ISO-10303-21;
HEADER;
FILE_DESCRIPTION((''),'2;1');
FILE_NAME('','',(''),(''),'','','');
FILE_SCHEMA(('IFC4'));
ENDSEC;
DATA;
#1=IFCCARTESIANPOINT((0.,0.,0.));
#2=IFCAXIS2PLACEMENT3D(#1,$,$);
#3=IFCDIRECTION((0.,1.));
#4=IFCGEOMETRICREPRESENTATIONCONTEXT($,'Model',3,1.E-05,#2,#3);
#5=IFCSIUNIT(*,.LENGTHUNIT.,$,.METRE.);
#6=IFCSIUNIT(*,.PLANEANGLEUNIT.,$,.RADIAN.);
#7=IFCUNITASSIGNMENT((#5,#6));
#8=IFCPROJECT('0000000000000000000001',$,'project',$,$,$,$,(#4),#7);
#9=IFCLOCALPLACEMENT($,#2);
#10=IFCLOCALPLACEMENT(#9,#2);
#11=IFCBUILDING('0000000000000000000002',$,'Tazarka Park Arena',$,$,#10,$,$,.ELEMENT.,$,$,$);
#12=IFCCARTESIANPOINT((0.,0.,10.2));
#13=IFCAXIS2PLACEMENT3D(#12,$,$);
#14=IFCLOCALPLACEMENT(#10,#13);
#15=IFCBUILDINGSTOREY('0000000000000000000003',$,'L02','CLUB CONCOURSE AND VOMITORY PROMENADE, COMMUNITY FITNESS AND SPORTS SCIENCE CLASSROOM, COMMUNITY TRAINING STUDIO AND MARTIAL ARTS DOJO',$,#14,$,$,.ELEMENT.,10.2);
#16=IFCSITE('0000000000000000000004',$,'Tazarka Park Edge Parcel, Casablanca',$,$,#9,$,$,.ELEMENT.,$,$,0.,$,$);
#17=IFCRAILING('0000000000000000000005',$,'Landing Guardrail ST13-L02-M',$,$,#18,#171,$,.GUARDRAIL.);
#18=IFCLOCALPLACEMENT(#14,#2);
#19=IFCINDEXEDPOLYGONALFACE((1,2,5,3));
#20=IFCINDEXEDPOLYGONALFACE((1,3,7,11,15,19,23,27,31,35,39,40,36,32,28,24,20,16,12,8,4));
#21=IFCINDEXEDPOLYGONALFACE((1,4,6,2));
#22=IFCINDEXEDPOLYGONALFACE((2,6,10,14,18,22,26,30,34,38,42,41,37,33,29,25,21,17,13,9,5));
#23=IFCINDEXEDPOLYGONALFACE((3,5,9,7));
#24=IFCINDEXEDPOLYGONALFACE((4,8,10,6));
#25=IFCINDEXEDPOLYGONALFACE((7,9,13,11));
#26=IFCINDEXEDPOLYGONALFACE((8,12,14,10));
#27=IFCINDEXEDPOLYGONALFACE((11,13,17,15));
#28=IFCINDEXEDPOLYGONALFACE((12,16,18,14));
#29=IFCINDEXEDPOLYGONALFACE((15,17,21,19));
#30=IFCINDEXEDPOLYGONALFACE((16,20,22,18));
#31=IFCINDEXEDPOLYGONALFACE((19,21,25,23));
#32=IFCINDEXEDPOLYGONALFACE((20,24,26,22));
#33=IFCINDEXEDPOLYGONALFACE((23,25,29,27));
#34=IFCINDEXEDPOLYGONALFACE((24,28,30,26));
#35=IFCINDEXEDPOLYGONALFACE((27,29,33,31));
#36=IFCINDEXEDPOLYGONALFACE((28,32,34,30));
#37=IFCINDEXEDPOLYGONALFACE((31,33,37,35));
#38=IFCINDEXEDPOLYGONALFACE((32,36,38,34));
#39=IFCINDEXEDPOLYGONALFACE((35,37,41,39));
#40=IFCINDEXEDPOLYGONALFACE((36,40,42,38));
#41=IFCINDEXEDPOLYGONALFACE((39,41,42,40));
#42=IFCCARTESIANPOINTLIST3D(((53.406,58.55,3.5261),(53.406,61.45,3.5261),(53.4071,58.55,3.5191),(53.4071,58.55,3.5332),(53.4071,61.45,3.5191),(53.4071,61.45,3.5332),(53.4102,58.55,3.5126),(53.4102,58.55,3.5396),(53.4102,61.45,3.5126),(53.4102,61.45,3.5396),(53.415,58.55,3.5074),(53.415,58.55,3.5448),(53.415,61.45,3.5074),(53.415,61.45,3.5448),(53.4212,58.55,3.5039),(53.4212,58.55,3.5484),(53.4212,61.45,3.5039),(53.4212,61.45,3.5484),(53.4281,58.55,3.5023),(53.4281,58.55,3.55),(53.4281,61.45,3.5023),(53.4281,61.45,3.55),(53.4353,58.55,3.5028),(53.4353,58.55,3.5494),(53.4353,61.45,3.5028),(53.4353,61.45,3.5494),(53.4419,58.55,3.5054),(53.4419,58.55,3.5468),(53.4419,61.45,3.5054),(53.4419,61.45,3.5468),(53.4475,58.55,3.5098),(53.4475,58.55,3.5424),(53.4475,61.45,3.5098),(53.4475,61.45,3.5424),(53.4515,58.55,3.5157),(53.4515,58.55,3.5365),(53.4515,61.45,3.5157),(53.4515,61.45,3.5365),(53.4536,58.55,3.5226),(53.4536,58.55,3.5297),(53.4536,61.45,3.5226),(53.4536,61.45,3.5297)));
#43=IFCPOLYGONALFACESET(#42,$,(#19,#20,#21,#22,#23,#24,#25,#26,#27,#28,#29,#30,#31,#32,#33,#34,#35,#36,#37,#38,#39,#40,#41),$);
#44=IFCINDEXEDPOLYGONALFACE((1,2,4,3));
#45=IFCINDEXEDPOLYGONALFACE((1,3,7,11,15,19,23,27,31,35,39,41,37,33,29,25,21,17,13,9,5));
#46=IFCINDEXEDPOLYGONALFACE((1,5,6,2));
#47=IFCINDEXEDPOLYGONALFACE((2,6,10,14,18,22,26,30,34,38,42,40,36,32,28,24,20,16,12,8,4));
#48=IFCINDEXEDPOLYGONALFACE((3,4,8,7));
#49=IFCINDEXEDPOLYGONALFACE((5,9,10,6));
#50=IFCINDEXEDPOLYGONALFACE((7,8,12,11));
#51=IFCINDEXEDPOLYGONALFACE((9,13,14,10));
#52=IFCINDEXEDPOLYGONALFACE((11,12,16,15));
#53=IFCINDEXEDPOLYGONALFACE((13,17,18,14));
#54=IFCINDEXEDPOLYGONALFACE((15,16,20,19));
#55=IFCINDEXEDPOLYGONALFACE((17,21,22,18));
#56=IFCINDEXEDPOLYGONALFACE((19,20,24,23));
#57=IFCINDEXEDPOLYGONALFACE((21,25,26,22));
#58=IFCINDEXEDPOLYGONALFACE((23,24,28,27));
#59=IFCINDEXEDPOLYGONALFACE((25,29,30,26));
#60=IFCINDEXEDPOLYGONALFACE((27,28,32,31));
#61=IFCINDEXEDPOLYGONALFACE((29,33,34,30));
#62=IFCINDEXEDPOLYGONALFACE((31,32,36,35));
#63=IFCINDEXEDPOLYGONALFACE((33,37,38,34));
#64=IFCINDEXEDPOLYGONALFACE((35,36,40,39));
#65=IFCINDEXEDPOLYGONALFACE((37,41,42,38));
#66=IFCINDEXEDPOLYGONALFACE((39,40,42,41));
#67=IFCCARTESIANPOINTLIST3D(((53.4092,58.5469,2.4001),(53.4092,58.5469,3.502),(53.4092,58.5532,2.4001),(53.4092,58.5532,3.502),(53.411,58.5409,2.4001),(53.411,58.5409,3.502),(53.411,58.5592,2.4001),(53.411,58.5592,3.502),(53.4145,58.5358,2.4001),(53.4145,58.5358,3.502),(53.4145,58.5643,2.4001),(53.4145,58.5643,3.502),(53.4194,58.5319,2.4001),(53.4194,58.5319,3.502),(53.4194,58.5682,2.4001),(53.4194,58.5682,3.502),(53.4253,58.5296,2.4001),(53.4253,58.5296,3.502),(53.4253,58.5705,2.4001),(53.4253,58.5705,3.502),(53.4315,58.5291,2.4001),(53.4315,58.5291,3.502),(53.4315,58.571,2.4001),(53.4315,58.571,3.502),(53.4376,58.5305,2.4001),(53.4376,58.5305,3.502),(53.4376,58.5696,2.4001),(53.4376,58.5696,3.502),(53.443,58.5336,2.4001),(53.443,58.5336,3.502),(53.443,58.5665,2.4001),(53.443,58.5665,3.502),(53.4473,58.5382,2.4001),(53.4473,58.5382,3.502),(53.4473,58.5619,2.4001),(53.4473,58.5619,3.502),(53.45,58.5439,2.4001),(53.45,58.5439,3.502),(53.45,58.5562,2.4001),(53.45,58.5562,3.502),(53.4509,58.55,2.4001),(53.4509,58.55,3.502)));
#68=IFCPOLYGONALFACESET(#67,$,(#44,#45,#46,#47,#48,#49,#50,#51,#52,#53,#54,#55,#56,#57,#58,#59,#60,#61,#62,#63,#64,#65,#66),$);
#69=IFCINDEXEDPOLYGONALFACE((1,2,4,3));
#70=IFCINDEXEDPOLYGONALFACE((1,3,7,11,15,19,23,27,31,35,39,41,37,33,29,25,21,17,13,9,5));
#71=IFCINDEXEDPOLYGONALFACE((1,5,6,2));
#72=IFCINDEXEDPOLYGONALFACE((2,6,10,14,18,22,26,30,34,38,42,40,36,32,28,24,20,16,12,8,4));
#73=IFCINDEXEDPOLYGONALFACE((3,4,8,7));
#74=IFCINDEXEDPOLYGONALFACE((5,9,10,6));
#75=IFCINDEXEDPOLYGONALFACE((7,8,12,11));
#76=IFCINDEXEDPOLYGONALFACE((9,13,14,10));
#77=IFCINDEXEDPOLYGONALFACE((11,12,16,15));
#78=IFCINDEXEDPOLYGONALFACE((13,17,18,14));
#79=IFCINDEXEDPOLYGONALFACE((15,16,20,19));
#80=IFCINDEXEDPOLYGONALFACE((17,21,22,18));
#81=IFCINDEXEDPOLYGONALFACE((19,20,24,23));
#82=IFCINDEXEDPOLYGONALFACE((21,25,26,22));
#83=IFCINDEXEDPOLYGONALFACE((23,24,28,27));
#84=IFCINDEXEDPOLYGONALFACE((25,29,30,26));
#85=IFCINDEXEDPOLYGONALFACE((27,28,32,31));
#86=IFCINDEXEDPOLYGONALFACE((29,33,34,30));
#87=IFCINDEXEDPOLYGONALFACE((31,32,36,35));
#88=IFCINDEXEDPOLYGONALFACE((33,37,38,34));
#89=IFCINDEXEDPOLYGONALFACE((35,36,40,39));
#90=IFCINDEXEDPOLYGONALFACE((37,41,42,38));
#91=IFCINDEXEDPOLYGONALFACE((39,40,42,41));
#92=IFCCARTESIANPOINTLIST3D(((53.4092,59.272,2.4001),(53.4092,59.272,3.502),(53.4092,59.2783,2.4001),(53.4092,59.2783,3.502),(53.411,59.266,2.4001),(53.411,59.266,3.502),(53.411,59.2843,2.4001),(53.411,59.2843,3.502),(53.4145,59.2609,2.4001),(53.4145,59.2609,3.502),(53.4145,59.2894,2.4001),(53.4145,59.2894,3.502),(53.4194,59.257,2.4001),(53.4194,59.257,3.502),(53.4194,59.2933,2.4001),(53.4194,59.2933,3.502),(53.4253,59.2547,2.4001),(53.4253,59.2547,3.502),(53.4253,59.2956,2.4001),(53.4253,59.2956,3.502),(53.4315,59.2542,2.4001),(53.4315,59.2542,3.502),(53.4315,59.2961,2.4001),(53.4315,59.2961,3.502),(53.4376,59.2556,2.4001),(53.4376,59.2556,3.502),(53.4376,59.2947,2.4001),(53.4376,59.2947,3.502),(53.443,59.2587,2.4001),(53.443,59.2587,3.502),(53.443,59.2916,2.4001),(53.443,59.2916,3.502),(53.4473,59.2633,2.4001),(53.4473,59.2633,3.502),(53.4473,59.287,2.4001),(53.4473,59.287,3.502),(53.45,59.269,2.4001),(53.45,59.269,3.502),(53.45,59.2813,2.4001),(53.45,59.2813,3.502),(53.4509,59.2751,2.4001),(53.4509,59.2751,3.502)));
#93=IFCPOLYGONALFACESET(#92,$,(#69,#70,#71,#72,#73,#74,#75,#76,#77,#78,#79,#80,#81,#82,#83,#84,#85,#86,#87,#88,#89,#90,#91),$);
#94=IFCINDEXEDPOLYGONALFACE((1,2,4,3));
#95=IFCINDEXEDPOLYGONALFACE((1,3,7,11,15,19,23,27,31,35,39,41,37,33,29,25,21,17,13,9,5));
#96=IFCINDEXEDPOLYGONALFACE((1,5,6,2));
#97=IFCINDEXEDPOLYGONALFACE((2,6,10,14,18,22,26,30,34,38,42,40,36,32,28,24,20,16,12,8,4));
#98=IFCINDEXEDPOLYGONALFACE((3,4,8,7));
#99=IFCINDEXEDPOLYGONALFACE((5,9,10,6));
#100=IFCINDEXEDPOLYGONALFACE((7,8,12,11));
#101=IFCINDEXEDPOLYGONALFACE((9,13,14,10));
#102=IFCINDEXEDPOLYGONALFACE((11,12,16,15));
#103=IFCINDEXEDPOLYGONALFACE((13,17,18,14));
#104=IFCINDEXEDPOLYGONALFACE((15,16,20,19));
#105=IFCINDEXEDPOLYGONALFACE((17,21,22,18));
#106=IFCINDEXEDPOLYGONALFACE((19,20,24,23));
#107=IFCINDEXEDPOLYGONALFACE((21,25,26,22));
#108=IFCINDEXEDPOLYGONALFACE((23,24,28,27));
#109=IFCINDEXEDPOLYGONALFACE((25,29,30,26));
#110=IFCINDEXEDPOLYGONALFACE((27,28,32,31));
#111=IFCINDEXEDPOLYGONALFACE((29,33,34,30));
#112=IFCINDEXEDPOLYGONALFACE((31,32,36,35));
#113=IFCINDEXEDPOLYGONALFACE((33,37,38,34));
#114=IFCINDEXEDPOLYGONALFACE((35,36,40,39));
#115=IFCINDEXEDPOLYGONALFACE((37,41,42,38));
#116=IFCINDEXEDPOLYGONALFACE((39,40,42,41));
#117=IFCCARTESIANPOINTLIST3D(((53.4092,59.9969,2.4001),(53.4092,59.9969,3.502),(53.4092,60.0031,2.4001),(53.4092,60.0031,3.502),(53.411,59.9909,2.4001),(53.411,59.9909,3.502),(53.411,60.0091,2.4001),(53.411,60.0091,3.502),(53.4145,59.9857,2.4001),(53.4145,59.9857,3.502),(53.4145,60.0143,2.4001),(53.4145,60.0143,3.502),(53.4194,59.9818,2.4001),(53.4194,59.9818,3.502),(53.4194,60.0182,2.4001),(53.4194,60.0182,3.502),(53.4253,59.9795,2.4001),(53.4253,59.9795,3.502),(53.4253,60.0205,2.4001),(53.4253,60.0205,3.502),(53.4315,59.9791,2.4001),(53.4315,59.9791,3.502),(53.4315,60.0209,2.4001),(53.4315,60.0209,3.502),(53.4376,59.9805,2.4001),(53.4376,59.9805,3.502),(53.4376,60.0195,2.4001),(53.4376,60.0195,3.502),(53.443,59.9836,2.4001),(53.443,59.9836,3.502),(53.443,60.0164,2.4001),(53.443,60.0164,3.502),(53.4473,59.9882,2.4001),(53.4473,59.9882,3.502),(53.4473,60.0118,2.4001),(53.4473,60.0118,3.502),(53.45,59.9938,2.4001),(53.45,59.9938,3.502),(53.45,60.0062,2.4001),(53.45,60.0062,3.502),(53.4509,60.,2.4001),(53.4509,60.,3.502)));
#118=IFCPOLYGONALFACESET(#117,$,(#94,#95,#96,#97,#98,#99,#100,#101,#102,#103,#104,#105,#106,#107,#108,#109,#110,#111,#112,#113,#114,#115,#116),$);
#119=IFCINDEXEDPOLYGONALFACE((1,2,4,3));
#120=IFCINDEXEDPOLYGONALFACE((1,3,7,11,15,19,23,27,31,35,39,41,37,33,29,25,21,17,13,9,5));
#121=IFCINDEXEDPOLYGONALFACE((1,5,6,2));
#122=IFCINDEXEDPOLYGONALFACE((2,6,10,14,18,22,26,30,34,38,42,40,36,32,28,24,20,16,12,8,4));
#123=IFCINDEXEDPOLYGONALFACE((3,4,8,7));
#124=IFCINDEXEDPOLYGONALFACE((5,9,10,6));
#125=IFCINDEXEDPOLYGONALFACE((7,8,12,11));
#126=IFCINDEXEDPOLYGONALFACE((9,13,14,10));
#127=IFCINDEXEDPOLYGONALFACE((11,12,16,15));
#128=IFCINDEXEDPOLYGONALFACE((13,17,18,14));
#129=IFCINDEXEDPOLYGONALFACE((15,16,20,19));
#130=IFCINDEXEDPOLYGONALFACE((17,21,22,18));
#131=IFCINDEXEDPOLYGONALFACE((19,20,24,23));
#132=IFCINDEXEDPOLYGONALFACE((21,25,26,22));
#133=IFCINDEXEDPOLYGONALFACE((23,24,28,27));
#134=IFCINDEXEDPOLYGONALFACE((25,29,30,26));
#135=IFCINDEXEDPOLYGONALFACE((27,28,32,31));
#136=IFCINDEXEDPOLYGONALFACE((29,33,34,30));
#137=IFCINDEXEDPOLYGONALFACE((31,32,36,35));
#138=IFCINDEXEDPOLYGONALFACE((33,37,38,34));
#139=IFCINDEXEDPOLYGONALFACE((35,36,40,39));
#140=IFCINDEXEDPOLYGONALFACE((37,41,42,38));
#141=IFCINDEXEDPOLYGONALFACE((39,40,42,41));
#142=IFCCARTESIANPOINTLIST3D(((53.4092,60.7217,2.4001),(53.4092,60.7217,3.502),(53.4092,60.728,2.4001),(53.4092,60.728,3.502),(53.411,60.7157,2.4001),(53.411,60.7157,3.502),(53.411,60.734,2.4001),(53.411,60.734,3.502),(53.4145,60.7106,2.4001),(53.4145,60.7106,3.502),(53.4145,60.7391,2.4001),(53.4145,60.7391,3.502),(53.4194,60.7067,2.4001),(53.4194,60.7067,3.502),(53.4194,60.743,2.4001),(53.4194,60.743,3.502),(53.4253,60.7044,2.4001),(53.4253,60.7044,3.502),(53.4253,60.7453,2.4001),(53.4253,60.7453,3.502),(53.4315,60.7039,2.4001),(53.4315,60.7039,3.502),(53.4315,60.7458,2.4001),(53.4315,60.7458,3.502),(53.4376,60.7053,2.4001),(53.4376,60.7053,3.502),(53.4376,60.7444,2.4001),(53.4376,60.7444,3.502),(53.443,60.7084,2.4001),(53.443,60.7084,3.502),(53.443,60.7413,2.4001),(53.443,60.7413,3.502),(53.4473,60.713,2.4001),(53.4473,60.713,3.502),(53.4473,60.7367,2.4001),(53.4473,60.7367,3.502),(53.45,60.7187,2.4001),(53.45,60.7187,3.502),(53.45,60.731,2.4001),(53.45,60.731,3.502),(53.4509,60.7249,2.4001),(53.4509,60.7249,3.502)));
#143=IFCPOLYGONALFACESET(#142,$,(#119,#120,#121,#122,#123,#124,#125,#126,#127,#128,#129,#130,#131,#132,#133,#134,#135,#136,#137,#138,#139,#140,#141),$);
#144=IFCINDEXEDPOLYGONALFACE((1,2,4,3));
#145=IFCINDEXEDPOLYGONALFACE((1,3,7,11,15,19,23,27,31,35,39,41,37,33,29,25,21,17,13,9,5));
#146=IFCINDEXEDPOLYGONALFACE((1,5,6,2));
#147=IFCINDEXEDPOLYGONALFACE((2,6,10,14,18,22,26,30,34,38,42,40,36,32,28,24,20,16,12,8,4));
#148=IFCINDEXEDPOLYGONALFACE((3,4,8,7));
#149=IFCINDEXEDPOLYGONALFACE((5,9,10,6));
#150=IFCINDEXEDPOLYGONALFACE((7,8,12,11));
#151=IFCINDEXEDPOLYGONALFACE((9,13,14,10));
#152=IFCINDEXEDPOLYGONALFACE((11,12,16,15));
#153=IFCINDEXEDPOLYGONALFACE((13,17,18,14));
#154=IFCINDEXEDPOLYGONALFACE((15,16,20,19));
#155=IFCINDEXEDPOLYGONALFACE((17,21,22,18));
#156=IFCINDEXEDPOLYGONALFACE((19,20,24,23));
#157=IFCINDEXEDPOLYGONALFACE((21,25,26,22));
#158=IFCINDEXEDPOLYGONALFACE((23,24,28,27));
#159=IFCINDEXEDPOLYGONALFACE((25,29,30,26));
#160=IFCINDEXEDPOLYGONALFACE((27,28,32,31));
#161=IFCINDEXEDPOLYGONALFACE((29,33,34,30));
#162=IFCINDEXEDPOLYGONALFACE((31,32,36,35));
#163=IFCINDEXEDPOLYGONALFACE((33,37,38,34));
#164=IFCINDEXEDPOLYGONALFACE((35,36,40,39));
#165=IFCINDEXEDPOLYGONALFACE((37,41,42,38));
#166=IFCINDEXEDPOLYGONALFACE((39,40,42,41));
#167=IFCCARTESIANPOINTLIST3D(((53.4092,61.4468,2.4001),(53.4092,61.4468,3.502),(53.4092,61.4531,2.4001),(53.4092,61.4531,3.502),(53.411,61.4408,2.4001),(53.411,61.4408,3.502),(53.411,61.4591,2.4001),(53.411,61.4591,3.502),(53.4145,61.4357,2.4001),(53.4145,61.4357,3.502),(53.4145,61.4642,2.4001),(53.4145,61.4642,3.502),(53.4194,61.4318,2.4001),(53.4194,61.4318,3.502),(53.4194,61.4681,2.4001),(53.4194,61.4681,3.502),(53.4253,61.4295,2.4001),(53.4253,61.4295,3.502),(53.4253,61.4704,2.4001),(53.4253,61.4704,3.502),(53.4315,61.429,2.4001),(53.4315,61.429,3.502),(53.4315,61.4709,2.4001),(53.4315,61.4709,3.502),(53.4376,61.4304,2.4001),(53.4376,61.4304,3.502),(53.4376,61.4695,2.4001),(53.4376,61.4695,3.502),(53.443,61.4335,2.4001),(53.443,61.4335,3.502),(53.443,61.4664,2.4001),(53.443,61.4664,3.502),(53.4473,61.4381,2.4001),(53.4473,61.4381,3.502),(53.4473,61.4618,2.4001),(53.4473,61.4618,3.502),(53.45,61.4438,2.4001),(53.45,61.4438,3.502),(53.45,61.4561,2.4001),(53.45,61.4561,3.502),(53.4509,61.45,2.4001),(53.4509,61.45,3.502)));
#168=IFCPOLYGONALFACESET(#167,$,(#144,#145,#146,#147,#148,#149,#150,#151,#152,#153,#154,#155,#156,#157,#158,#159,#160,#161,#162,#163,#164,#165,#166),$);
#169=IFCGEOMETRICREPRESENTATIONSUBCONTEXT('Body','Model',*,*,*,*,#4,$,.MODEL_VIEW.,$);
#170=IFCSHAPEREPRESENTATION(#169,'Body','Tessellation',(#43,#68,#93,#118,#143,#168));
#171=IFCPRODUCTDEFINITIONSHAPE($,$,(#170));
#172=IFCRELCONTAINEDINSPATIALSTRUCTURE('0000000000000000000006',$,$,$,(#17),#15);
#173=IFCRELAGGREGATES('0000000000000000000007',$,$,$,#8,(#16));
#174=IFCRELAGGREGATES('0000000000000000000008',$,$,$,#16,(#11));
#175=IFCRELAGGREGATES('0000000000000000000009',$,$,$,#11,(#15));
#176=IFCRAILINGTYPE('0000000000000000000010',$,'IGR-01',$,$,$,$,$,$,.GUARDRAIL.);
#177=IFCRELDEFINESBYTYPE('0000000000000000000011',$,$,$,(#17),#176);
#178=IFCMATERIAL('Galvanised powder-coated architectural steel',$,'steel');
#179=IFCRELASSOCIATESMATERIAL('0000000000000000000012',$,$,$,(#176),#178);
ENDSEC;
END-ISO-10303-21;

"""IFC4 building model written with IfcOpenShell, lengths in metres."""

from ifc_helpers import new_model, si_unit, direction, frame, origin, origin_2d, place, context, subcontext, project, spatial, circle, extrude, material, type_object, element, save


model = new_model("IFC4")

# Units and contexts
model_context = context("Model", 3, precision=1e-05, world=origin(), true_north=direction((0.0, 1.0)))
body_context = subcontext(model_context, "Body", "Model", "MODEL_VIEW")
ifc_project = project(units=[si_unit("LENGTHUNIT", "METRE"), si_unit("PLANEANGLEUNIT", "RADIAN")], contexts=[model_context])

# Site, building, storey
site_placement = place(None, origin())
site = spatial("IfcSite", under=ifc_project, at=site_placement, Name="Tazarka Park Edge Parcel, Casablanca", CompositionType="ELEMENT", RefElevation=0.0)
building_placement = place(site_placement, origin())
building = spatial("IfcBuilding", under=site, at=building_placement, Name="Tazarka Park Arena", CompositionType="ELEMENT")
storey_placement = place(building_placement, frame((0.0, 0.0, 10.2)))
storey = spatial("IfcBuildingStorey", under=building, at=storey_placement, Name="L02", Description="CLUB CONCOURSE AND VOMITORY PROMENADE, COMMUNITY FITNESS AND SPORTS SCIENCE CLASSROOM, COMMUNITY TRAINING STUDIO AND MARTIAL ARTS DOJO", CompositionType="ELEMENT", Elevation=10.2)

# Railing
ifc_material_1 = material(Name="Galvanised powder-coated architectural steel", Category="steel")
railing_type_1 = type_object("IfcRailingType", Name="IGR-01", PredefinedType="GUARDRAIL", material=ifc_material_1)
for number, where, name in (
    (1, (53.4299, 58.55, 2.4001), "Landing Guardrail ST13-L02-M"),
):
    element("IfcRailing", number, at=place(storey_placement, frame(where)), inside=storey, type_object=railing_type_1, Name=name, PredefinedType="GUARDRAIL", context=body_context, shape_type="SweptSolid", body=[
        extrude(circle(Radius=0.0239, at=origin_2d()), frame((0.0, 0.0, 1.126), z_axis=(0.0, 1.0, 0.0), x_axis=(-1.0, 0.0, 0.0)), (0.0, 0.0, 1.0), 2.8999),
        extrude(circle(Radius=0.021, at=origin_2d()), origin(), (0.0, 0.0, 1.0), 1.1018),
        extrude(circle(Radius=0.021, at=origin_2d()), frame((0.0, 0.7251, 0.0)), (0.0, 0.0, 1.0), 1.1018),
        extrude(circle(Radius=0.021, at=origin_2d()), frame((0.0, 1.45, 0.0)), (0.0, 0.0, 1.0), 1.1018),
        extrude(circle(Radius=0.021, at=origin_2d()), frame((0.0, 2.1748, 0.0)), (0.0, 0.0, 1.0), 1.1018),
        extrude(circle(Radius=0.021, at=origin_2d()), frame((0.0, 2.8999, 0.0)), (0.0, 0.0, 1.0), 1.1018),
    ])

save(model, "model.ifc")
